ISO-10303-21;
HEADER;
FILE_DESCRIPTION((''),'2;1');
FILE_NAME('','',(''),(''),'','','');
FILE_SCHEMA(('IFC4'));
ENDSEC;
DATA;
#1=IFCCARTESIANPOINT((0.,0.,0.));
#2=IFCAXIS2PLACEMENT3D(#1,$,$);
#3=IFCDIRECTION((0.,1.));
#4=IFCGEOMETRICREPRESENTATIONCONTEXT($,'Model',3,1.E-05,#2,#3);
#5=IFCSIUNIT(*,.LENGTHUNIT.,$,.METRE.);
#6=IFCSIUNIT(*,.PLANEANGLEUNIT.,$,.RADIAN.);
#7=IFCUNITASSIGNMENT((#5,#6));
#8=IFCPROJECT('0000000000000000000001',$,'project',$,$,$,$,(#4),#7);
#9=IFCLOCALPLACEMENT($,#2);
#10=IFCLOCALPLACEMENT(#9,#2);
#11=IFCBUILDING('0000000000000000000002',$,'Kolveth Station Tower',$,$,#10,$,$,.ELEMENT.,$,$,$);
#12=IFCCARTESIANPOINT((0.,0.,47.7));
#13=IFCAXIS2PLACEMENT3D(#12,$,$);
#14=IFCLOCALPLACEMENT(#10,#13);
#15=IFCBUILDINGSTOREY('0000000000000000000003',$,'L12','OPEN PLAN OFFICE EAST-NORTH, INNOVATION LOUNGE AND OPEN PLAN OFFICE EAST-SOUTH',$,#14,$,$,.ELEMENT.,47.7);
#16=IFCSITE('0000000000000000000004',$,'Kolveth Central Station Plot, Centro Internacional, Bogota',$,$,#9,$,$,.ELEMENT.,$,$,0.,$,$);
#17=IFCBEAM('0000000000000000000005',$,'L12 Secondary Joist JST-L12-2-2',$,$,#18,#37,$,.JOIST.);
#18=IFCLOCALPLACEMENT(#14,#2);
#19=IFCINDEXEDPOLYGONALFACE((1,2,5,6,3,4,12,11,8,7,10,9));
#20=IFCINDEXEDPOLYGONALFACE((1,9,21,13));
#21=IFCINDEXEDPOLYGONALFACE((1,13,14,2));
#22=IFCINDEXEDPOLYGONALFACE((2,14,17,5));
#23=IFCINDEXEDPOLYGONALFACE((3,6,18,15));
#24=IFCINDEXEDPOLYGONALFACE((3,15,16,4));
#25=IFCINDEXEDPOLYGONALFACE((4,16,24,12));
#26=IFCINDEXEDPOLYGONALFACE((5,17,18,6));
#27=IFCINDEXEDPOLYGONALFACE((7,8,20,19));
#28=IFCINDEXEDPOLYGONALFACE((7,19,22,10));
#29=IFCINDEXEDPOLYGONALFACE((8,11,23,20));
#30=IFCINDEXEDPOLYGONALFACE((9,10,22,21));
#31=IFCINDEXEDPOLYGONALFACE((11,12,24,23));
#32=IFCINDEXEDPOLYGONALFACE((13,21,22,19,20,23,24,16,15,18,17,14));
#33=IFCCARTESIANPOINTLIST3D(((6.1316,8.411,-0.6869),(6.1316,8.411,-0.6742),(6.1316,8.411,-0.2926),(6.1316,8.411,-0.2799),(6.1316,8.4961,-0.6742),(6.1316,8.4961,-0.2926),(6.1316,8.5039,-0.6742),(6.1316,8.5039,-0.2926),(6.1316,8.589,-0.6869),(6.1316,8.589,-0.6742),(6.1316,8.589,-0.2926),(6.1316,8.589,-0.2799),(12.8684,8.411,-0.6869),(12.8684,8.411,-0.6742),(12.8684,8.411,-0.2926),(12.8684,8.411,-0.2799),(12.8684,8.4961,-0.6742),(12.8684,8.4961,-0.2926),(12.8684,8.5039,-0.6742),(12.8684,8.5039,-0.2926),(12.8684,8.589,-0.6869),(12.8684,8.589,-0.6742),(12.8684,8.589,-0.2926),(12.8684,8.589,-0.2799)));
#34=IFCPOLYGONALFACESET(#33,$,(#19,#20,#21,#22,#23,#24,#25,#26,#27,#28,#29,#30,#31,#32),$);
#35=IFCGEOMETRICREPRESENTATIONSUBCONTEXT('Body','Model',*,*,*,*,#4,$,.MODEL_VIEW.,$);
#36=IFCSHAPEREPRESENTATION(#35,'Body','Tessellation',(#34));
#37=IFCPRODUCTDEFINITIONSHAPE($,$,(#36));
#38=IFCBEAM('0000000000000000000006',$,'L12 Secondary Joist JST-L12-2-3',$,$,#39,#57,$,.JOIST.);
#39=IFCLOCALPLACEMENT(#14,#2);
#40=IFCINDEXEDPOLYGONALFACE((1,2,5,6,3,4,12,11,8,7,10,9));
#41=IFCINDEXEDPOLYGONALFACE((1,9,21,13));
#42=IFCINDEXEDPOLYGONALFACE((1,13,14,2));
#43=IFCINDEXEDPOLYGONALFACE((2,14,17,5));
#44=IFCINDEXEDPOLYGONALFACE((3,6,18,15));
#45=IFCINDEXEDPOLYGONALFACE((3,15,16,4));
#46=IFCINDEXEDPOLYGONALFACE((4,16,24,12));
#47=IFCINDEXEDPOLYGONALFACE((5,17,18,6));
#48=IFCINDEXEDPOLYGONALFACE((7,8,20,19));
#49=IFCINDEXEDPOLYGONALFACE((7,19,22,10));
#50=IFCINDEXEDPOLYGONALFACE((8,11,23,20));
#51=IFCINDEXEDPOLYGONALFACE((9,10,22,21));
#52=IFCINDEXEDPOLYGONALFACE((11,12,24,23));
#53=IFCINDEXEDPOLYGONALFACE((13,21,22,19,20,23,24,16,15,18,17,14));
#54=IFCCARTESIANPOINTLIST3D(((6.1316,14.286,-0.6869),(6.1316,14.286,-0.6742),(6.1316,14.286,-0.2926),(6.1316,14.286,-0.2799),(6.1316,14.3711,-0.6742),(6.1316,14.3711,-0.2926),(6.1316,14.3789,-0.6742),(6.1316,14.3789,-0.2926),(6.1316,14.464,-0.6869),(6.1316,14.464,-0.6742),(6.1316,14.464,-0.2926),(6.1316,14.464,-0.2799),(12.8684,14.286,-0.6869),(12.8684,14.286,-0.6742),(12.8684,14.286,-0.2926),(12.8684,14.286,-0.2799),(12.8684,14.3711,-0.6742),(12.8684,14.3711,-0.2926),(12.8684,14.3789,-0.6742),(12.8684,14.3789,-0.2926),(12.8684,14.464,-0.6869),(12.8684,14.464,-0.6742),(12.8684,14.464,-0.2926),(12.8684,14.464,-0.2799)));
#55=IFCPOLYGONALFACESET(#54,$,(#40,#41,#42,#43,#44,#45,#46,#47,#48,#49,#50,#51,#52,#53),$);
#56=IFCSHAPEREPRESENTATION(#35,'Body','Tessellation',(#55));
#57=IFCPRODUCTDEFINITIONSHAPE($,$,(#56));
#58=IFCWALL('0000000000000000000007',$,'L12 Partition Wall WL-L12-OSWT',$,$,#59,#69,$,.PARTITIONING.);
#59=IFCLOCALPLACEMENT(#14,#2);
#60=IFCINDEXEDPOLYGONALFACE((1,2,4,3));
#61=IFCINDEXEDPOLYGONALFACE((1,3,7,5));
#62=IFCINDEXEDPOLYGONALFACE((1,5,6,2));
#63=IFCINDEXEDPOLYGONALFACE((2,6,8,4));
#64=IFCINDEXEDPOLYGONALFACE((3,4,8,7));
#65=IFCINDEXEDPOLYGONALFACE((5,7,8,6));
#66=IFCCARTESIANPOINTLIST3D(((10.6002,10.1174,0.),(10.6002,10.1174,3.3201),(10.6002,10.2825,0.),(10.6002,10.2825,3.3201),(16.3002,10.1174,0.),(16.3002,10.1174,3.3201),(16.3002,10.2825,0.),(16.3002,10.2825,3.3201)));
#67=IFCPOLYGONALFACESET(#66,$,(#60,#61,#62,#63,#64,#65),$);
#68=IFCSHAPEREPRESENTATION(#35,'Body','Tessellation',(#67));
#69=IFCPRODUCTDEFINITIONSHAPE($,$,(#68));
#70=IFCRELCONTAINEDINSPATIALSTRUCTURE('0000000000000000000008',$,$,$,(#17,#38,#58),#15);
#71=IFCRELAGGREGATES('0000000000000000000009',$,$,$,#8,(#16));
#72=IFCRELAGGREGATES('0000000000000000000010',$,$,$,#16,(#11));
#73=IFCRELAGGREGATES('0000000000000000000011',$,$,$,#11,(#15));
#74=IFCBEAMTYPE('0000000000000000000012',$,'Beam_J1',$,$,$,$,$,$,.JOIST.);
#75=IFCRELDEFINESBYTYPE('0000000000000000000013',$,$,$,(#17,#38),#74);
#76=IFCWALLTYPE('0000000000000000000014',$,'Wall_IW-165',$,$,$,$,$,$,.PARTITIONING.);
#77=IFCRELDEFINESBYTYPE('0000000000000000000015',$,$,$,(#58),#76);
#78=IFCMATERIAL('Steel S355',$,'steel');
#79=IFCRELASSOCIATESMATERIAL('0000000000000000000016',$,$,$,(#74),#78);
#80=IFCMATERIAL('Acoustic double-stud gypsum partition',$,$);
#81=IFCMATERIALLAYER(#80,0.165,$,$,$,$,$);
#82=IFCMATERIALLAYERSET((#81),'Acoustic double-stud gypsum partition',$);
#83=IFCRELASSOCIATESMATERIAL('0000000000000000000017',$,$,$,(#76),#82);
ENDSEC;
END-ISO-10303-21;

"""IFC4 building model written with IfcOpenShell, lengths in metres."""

from ifc_helpers import new_model, si_unit, direction, frame, frame_2d, origin, origin_2d, place, context, subcontext, project, spatial, rectangle, i_section, extrude, source, transform, mapped, material, layer, layer_set, material_profile, profile_set, type_object, element, save


model = new_model("IFC4")

# Units and contexts
model_context = context("Model", 3, precision=1e-05, world=origin(), true_north=direction((0.0, 1.0)))
body_context = subcontext(model_context, "Body", "Model", "MODEL_VIEW")
ifc_project = project(units=[si_unit("LENGTHUNIT", "METRE"), si_unit("PLANEANGLEUNIT", "RADIAN")], contexts=[model_context])

# Site, building, storey
site_placement = place(None, origin())
site = spatial("IfcSite", under=ifc_project, at=site_placement, Name="Kolveth Central Station Plot, Centro Internacional, Bogota", CompositionType="ELEMENT", RefElevation=0.0)
building_placement = place(site_placement, origin())
building = spatial("IfcBuilding", under=site, at=building_placement, Name="Kolveth Station Tower", CompositionType="ELEMENT")
storey_placement = place(building_placement, frame((0.0, 0.0, 47.7)))
storey = spatial("IfcBuildingStorey", under=building, at=storey_placement, Name="L12", Description="OPEN PLAN OFFICE EAST-NORTH, INNOVATION LOUNGE AND OPEN PLAN OFFICE EAST-SOUTH", CompositionType="ELEMENT", Elevation=47.7)

# Beams
ifc_material_1 = material(Name="Steel S355", Category="steel")
ifc_material_profile_1 = material_profile(ifc_material_1, i_section(OverallWidth=0.178, OverallDepth=0.407, WebThickness=0.0078, FlangeThickness=0.0127, at=origin_2d()), Name="W410x60")
ifc_profile_set_1 = profile_set([ifc_material_profile_1], Name="Steel S355")
beam_type_1 = type_object("IfcBeamType", Name="Beam_J1", PredefinedType="JOIST", material=ifc_profile_set_1)
shared_shape_1 = source(origin(), body_context, "Body", "SweptSolid", [
    extrude(i_section(OverallWidth=0.178, OverallDepth=0.407, WebThickness=0.0078, FlangeThickness=0.0127, at=origin_2d()), origin(), (0.0, 0.0, 1.0), 6.7368),
])
for number, where, z_axis, x_axis, name in (
    (1, (6.1316, 8.5, -0.4834), (1.0, 0.0, 0.0), (0.0, 1.0, 0.0), "L12 Secondary Joist JST-L12-2-2"),
    (2, (6.1316, 14.375, -0.4834), (1.0, 0.0, 0.0), (0.0, 1.0, 0.0), "L12 Secondary Joist JST-L12-2-3"),
):
    element("IfcBeam", number, at=place(storey_placement, frame(where, z_axis=z_axis, x_axis=x_axis)), inside=storey, type_object=beam_type_1, Name=name, PredefinedType="JOIST", context=body_context, shape_type="MappedRepresentation", body=[
        mapped(shared_shape_1, transform((0.0, 0.0, 0.0), x_axis=(1.0, 0.0, 0.0), y_axis=(0.0, 1.0, 0.0), z_axis=(0.0, 0.0, 1.0), scale=1.0)),
    ])

# Wall
ifc_material_2 = material(Name="Acoustic double-stud gypsum partition")
ifc_layer = layer(ifc_material_2, 0.165)
ifc_layer_set = layer_set([ifc_layer], Name="Acoustic double-stud gypsum partition")
wall_type = type_object("IfcWallType", Name="Wall_IW-165", PredefinedType="PARTITIONING", material=ifc_layer_set)
wall_placement = place(storey_placement, frame((10.6001, 10.2, 0.0), z_axis=(0.0, 0.0, 1.0), x_axis=(1.0, 0.0, 0.0)))
element("IfcWall", 3, at=wall_placement, inside=storey, type_object=wall_type, Name="L12 Partition Wall WL-L12-OSWT", PredefinedType="PARTITIONING", context=body_context, shape_type="SweptSolid", body=[
    extrude(rectangle(XDim=5.7, YDim=0.165, at=frame_2d((2.8501, 0.0))), origin(), (0.0, 0.0, 1.0), 3.3201),
])

save(model, "model.ifc")
